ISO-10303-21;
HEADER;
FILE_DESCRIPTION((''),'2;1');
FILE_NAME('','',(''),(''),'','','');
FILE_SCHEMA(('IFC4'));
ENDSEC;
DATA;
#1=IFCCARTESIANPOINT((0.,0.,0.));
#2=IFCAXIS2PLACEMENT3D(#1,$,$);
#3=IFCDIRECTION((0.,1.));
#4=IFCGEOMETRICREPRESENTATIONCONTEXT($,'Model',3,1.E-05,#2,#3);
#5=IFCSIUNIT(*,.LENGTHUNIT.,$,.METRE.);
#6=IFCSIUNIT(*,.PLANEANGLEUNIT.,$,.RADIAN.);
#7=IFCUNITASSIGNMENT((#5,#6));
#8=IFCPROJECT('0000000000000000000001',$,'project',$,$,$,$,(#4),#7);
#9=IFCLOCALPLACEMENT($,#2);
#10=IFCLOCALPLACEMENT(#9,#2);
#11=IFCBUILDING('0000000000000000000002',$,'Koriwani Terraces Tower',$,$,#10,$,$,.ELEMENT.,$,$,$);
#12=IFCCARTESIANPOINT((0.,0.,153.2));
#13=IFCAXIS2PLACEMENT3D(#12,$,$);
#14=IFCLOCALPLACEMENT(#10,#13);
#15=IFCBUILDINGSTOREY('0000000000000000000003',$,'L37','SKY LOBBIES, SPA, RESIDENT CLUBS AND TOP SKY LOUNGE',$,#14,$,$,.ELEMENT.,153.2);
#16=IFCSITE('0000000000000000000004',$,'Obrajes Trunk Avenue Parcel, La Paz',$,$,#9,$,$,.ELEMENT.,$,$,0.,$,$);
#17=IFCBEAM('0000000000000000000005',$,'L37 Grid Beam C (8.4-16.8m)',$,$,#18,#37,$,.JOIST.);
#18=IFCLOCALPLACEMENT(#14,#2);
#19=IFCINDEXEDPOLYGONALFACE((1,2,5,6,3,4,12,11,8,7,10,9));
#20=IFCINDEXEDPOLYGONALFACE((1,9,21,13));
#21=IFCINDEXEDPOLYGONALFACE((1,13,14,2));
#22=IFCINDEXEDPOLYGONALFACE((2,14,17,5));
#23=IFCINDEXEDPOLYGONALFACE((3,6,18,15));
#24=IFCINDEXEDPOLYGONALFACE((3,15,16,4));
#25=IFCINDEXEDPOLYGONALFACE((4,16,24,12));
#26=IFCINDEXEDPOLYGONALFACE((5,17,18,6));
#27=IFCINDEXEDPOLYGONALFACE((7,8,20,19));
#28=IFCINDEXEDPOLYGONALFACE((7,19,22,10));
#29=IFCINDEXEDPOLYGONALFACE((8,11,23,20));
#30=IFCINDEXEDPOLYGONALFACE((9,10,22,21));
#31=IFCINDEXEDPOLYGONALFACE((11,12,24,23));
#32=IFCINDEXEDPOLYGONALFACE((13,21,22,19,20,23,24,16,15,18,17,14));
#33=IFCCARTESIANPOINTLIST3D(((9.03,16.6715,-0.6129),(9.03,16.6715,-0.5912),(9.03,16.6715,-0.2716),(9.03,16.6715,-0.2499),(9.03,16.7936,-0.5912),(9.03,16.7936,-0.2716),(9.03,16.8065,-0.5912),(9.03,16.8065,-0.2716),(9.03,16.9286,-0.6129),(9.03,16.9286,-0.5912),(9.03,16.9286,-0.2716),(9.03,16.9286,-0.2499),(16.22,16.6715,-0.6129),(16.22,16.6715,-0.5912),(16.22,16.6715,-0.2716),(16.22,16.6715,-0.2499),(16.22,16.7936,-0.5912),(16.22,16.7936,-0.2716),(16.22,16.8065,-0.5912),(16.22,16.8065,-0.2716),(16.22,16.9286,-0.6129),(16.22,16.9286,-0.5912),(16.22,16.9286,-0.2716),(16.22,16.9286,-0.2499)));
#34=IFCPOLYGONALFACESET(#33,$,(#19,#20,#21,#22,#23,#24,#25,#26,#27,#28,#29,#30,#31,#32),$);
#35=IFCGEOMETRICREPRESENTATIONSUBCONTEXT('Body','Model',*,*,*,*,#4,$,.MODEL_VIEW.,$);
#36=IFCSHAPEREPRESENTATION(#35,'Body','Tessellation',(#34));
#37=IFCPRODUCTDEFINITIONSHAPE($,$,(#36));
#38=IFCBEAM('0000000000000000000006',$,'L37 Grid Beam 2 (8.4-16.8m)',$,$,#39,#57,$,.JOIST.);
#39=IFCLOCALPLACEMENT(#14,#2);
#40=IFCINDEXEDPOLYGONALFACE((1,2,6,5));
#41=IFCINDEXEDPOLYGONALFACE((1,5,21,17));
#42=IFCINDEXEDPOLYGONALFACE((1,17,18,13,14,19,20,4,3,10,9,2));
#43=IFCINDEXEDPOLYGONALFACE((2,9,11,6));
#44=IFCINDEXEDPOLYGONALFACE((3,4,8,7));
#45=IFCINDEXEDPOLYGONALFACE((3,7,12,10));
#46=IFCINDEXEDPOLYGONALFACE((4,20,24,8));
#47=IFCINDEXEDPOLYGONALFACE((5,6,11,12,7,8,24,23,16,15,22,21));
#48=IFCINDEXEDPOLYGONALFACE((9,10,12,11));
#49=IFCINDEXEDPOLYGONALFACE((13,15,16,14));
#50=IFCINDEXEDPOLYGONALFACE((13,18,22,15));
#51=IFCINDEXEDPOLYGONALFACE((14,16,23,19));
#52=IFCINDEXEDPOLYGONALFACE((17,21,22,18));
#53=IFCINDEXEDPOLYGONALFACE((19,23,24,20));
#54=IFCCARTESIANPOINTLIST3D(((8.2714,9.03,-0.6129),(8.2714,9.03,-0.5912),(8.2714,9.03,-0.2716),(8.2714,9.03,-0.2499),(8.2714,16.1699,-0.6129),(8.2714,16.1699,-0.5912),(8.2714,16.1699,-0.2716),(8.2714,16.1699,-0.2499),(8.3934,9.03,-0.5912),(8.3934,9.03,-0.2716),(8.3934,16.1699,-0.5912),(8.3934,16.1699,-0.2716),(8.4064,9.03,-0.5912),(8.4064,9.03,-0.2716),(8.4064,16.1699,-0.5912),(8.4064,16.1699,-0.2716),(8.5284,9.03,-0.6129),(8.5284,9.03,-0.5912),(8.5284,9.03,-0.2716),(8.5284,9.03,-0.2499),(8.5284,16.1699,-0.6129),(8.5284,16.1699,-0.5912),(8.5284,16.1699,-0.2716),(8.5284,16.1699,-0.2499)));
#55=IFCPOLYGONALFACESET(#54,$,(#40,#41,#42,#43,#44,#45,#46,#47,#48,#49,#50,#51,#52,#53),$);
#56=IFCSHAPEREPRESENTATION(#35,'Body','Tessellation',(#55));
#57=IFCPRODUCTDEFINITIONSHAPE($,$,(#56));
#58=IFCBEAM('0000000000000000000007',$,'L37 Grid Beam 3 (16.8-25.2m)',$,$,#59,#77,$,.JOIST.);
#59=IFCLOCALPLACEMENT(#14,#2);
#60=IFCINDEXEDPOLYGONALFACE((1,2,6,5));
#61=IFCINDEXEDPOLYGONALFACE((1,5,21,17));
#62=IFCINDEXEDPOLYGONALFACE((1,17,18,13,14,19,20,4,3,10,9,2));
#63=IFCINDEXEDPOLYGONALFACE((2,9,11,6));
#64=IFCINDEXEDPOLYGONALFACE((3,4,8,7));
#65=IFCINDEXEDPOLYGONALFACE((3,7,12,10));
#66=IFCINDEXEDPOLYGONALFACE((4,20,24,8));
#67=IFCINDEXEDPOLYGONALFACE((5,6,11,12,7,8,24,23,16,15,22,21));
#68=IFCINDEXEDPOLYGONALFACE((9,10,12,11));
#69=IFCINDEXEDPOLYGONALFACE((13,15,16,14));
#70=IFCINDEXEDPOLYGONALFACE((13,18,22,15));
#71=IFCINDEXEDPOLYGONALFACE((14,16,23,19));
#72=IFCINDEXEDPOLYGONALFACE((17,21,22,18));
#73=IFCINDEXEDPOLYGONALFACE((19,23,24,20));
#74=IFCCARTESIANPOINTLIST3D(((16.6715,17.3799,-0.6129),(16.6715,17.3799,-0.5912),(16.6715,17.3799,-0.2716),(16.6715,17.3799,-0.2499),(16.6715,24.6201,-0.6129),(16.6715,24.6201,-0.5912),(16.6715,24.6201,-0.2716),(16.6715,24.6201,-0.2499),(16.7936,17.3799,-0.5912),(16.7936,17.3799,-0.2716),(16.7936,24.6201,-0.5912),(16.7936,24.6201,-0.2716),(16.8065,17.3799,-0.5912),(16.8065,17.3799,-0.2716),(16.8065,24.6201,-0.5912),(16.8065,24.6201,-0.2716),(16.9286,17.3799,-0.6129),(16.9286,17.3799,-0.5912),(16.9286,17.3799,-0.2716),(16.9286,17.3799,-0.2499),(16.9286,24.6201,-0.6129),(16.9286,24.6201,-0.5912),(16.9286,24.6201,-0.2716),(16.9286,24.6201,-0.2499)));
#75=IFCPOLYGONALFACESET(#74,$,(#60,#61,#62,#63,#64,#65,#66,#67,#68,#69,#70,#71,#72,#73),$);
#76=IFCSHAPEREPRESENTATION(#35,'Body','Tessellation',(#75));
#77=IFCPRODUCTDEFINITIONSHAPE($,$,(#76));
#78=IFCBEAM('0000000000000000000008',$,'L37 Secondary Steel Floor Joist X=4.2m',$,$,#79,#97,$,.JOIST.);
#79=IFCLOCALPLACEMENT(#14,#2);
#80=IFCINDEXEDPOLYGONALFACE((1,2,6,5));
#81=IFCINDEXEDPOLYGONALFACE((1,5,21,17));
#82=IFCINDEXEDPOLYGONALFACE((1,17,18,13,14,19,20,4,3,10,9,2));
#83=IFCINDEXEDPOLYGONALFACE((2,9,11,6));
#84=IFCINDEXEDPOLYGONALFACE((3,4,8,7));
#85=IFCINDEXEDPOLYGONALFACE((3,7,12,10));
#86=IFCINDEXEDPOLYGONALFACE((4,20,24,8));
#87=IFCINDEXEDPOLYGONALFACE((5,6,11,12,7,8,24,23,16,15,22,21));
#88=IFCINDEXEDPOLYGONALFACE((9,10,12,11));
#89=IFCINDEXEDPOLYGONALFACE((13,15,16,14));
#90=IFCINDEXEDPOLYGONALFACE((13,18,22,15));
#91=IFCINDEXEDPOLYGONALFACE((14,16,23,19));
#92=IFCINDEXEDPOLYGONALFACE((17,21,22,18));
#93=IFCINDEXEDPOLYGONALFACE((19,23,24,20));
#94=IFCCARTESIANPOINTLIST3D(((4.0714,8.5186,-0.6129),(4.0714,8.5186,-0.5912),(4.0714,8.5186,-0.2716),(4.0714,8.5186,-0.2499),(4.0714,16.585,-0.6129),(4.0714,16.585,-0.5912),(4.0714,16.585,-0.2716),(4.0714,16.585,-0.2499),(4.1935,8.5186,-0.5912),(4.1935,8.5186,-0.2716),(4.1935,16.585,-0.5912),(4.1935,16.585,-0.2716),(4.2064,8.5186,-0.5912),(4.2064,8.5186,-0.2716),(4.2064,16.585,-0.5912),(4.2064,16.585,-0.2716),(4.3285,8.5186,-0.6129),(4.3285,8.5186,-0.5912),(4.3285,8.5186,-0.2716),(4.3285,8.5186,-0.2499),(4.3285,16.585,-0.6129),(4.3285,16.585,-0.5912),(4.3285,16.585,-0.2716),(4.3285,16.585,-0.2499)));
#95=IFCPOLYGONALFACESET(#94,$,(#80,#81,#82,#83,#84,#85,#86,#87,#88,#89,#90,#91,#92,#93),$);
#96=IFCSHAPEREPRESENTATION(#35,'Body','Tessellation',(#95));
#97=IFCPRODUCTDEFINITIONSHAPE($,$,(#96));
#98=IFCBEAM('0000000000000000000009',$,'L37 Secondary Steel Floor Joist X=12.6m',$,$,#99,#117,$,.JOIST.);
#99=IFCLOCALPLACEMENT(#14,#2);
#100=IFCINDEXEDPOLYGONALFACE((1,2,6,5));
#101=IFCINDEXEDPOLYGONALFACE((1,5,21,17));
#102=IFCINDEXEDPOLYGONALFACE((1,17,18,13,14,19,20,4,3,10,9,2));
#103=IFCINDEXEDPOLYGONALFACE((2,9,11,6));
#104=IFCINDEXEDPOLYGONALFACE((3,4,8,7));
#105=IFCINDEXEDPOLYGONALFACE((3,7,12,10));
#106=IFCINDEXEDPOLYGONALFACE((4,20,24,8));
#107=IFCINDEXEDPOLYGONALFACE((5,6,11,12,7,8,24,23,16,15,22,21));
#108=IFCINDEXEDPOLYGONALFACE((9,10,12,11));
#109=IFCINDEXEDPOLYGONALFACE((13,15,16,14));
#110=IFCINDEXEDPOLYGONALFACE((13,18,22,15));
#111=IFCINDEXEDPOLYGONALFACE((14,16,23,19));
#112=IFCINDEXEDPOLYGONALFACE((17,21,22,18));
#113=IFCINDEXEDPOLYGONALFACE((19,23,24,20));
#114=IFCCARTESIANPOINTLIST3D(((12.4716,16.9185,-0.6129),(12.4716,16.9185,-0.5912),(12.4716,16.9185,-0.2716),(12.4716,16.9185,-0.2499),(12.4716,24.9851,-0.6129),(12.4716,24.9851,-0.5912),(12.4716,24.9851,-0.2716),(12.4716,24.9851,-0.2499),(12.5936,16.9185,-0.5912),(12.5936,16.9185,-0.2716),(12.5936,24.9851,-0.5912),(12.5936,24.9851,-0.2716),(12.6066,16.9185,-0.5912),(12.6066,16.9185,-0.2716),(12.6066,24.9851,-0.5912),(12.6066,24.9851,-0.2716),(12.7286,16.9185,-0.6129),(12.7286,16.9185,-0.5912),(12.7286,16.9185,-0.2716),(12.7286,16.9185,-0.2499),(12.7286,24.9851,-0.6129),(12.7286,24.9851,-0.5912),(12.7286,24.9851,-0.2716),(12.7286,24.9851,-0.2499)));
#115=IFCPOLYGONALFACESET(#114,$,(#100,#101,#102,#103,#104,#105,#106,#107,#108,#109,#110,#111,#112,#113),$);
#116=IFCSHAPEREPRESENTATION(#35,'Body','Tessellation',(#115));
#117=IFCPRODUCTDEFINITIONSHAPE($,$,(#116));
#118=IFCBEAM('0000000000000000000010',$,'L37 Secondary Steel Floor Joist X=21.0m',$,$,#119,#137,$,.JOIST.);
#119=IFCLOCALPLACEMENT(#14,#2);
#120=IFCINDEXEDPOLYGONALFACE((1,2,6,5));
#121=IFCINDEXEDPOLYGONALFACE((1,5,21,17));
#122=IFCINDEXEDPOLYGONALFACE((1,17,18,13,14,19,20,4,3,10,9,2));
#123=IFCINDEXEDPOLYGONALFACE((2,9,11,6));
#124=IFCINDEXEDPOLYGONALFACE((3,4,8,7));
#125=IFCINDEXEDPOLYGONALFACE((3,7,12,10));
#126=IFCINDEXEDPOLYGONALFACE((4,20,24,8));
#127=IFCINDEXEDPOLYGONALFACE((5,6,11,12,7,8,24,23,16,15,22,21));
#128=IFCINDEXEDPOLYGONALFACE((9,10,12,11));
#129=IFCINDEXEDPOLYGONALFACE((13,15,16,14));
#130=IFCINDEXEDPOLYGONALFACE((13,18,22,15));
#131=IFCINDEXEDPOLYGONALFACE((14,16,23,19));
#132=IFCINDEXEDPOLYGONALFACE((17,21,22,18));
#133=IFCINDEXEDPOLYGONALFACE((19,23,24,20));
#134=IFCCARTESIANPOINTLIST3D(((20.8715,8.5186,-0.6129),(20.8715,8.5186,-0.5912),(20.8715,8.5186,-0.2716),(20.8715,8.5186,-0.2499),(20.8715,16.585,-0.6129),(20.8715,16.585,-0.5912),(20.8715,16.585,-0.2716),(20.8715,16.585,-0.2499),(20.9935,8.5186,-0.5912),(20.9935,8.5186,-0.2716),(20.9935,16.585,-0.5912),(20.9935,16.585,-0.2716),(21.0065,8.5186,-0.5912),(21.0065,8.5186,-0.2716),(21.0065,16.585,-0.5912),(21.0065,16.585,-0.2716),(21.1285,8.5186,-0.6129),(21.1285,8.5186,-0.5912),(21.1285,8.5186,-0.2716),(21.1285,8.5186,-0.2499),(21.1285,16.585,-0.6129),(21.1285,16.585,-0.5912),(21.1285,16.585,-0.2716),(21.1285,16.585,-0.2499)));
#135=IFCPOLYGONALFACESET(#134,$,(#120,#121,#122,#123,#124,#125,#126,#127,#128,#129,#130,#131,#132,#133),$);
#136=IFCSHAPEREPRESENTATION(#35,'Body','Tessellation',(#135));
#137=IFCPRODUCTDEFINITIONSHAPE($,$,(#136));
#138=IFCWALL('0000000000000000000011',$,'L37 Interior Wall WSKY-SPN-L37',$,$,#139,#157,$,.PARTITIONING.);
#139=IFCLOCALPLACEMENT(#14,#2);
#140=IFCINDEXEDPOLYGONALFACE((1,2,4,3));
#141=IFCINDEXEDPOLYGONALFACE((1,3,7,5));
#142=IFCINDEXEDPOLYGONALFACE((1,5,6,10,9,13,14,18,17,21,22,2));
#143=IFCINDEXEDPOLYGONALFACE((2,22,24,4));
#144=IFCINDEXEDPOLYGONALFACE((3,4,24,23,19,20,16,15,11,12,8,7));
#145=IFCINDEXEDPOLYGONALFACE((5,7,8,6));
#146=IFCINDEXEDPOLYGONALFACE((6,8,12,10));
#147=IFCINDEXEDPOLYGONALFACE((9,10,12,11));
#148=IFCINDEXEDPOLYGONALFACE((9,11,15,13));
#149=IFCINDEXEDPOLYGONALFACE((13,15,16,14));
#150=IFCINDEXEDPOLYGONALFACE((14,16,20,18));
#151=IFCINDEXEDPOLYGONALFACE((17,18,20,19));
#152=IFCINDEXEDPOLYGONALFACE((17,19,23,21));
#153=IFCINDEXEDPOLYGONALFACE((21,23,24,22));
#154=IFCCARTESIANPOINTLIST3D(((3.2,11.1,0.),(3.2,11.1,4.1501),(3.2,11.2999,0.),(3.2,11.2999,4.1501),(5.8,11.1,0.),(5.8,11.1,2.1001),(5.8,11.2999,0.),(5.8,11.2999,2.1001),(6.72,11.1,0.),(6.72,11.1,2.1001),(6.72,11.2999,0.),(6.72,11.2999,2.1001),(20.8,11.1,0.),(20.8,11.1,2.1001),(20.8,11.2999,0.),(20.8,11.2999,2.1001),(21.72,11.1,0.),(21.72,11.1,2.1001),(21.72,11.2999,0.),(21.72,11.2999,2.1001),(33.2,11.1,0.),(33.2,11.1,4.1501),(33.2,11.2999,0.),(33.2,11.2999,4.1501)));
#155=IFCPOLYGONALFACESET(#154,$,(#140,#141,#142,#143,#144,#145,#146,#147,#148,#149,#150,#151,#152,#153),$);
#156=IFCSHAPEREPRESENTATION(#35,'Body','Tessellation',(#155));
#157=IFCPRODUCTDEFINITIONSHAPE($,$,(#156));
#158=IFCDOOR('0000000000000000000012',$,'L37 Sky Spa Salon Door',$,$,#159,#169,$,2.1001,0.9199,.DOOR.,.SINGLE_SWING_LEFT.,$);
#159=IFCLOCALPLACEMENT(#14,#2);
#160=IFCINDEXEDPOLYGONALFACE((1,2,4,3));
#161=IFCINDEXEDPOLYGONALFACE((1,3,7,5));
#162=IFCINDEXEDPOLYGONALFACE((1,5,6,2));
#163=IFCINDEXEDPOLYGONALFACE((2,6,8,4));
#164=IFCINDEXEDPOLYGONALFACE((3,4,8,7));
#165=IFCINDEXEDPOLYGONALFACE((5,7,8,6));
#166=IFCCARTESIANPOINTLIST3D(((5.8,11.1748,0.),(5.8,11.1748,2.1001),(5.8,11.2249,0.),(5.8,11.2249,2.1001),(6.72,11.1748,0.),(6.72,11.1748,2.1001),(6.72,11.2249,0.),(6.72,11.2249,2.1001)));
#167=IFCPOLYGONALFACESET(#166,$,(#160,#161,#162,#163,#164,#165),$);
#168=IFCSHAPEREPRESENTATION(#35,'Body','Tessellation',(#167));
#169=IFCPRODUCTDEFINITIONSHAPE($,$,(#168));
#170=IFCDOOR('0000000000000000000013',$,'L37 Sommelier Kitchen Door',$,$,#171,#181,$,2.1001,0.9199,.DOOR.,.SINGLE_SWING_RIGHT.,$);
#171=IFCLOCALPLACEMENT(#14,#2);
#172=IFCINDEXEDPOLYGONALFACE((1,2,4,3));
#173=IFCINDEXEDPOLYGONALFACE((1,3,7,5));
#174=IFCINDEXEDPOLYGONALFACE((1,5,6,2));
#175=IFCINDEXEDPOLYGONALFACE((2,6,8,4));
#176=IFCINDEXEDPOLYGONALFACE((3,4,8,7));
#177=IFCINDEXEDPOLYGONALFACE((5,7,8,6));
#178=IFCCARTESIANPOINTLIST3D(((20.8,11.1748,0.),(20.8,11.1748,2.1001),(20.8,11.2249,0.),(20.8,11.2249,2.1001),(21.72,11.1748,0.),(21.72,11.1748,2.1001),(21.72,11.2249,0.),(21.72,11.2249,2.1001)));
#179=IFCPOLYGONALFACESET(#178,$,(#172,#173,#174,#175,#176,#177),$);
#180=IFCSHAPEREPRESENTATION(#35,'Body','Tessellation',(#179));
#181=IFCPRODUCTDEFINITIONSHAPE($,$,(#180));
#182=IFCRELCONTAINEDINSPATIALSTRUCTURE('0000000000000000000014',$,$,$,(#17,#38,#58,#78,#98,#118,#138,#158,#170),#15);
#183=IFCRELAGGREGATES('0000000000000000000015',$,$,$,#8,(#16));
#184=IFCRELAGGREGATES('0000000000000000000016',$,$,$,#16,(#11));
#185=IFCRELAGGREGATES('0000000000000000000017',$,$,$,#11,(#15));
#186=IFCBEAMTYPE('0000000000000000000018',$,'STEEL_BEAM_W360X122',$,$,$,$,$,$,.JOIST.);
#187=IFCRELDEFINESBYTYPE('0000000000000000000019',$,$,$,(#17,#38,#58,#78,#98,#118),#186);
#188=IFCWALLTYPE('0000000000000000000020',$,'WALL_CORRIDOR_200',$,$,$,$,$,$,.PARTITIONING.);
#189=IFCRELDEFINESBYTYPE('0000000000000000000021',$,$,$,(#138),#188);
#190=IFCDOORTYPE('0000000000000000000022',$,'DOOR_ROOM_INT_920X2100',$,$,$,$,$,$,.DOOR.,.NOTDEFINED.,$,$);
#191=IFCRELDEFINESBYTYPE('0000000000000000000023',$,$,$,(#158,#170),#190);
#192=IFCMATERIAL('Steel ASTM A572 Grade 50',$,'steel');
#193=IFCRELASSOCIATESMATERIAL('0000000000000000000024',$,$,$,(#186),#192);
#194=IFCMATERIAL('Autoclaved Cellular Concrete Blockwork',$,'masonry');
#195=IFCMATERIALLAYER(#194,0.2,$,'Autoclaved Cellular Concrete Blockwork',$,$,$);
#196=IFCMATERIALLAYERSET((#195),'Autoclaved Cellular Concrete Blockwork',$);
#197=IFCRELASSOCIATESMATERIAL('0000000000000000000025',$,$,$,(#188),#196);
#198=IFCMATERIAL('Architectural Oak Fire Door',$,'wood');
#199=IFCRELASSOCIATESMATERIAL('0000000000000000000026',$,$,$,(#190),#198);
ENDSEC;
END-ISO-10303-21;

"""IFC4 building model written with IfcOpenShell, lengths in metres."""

from ifc_helpers import new_model, si_unit, direction, frame, frame_2d, origin, origin_2d, place, context, subcontext, project, spatial, rectangle, i_section, extrude, material, layer, layer_set, material_profile, profile_set, type_object, element, fill, save


model = new_model("IFC4")

# Units and contexts
model_context = context("Model", 3, precision=1e-05, world=origin(), true_north=direction((0.0, 1.0)))
body_context = subcontext(model_context, "Body", "Model", "MODEL_VIEW")
ifc_project = project(units=[si_unit("LENGTHUNIT", "METRE"), si_unit("PLANEANGLEUNIT", "RADIAN")], contexts=[model_context])

# Site, building, storey
site_placement = place(None, origin())
site = spatial("IfcSite", under=ifc_project, at=site_placement, Name="Obrajes Trunk Avenue Parcel, La Paz", CompositionType="ELEMENT", RefElevation=0.0)
building_placement = place(site_placement, origin())
building = spatial("IfcBuilding", under=site, at=building_placement, Name="Koriwani Terraces Tower", CompositionType="ELEMENT")
storey_placement = place(building_placement, frame((0.0, 0.0, 153.2)))
storey = spatial("IfcBuildingStorey", under=building, at=storey_placement, Name="L37", Description="SKY LOBBIES, SPA, RESIDENT CLUBS AND TOP SKY LOUNGE", CompositionType="ELEMENT", Elevation=153.2)

# Beams
ifc_material_1 = material(Name="Steel ASTM A572 Grade 50", Category="steel")
ifc_material_profile_1 = material_profile(ifc_material_1, i_section(OverallWidth=0.2571, OverallDepth=0.363, WebThickness=0.0129, FlangeThickness=0.0217, at=origin_2d()), Name="Steel ASTM A572 Grade 50", Category="LoadBearing")
ifc_profile_set_1 = profile_set([ifc_material_profile_1], Name="Steel ASTM A572 Grade 50")
beam_type_1 = type_object("IfcBeamType", Name="STEEL_BEAM_W360X122", PredefinedType="JOIST", material=ifc_profile_set_1)
beam_1_placement = place(storey_placement, frame((9.03, 16.8, -0.4314), z_axis=(1.0, 0.0, 0.0), x_axis=(0.0, 1.0, 0.0)))
element("IfcBeam", 1, at=beam_1_placement, inside=storey, type_object=beam_type_1, Name="L37 Grid Beam C (8.4-16.8m)", PredefinedType="JOIST", context=body_context, shape_type="SweptSolid", body=[
    extrude(i_section(OverallWidth=0.2571, OverallDepth=0.363, WebThickness=0.0129, FlangeThickness=0.0217, at=origin_2d()), origin(), (0.0, 0.0, 1.0), 7.1899),
])
beam_2_placement = place(storey_placement, frame((8.3999, 9.03, -0.4314), z_axis=(0.0, 1.0, 0.0), x_axis=(-1.0, 0.0, 0.0)))
element("IfcBeam", 2, at=beam_2_placement, inside=storey, type_object=beam_type_1, Name="L37 Grid Beam 2 (8.4-16.8m)", PredefinedType="JOIST", context=body_context, shape_type="SweptSolid", body=[
    extrude(i_section(OverallWidth=0.2571, OverallDepth=0.363, WebThickness=0.0129, FlangeThickness=0.0217, at=origin_2d()), origin(), (0.0, 0.0, 1.0), 7.1399),
])
beam_3_placement = place(storey_placement, frame((16.8, 17.3799, -0.4314), z_axis=(0.0, 1.0, 0.0), x_axis=(-1.0, 0.0, 0.0)))
element("IfcBeam", 3, at=beam_3_placement, inside=storey, type_object=beam_type_1, Name="L37 Grid Beam 3 (16.8-25.2m)", PredefinedType="JOIST", context=body_context, shape_type="SweptSolid", body=[
    extrude(i_section(OverallWidth=0.2571, OverallDepth=0.363, WebThickness=0.0129, FlangeThickness=0.0217, at=origin_2d()), origin(), (0.0, 0.0, 1.0), 7.2402),
])
beam_4_placement = place(storey_placement, frame((4.2, 8.5186, -0.4314), z_axis=(0.0, 1.0, 0.0), x_axis=(-1.0, 0.0, 0.0)))
element("IfcBeam", 4, at=beam_4_placement, inside=storey, type_object=beam_type_1, Name="L37 Secondary Steel Floor Joist X=4.2m", PredefinedType="JOIST", context=body_context, shape_type="SweptSolid", body=[
    extrude(i_section(OverallWidth=0.2571, OverallDepth=0.363, WebThickness=0.0129, FlangeThickness=0.0217, at=origin_2d()), origin(), (0.0, 0.0, 1.0), 8.0664),
])
beam_5_placement = place(storey_placement, frame((12.6001, 16.9185, -0.4314), z_axis=(0.0, 1.0, 0.0), x_axis=(-1.0, 0.0, 0.0)))
element("IfcBeam", 5, at=beam_5_placement, inside=storey, type_object=beam_type_1, Name="L37 Secondary Steel Floor Joist X=12.6m", PredefinedType="JOIST", context=body_context, shape_type="SweptSolid", body=[
    extrude(i_section(OverallWidth=0.2571, OverallDepth=0.363, WebThickness=0.0129, FlangeThickness=0.0217, at=origin_2d()), origin(), (0.0, 0.0, 1.0), 8.0667),
])
beam_6_placement = place(storey_placement, frame((21.0, 8.5186, -0.4314), z_axis=(0.0, 1.0, 0.0), x_axis=(-1.0, 0.0, 0.0)))
element("IfcBeam", 6, at=beam_6_placement, inside=storey, type_object=beam_type_1, Name="L37 Secondary Steel Floor Joist X=21.0m", PredefinedType="JOIST", context=body_context, shape_type="SweptSolid", body=[
    extrude(i_section(OverallWidth=0.2571, OverallDepth=0.363, WebThickness=0.0129, FlangeThickness=0.0217, at=origin_2d()), origin(), (0.0, 0.0, 1.0), 8.0664),
])

# Wall, openings, doors
ifc_material_2 = material(Name="Autoclaved Cellular Concrete Blockwork", Category="masonry")
ifc_layer_1 = layer(ifc_material_2, 0.2, Name="Autoclaved Cellular Concrete Blockwork")
ifc_layer_set_1 = layer_set([ifc_layer_1], Name="Autoclaved Cellular Concrete Blockwork")
wall_type_1 = type_object("IfcWallType", Name="WALL_CORRIDOR_200", PredefinedType="PARTITIONING", material=ifc_layer_set_1)
wall_1_placement = place(storey_placement, frame((3.2, 11.2, 0.0), z_axis=(0.0, 0.0, 1.0), x_axis=(1.0, 0.0, 0.0)))
wall_1 = element("IfcWall", 7, at=wall_1_placement, inside=storey, type_object=wall_type_1, Name="L37 Interior Wall WSKY-SPN-L37", PredefinedType="PARTITIONING", context=body_context, shape_type="SweptSolid", body=[
    extrude(rectangle(XDim=30.0, YDim=0.2, at=frame_2d((15.0, 0.0))), origin(), (0.0, 0.0, 1.0), 4.1501),
])
opening_1_placement = place(wall_1_placement, frame((2.6001, 0.0, 0.0)))
opening_1 = element("IfcOpeningElement", 8, at=opening_1_placement, cuts=wall_1, PredefinedType="OPENING", context=body_context, shape_type="SweptSolid", body=[
    extrude(rectangle(XDim=0.9199, YDim=2.1001, at=frame_2d((0.46, 1.05))), frame((0.0, 0.1099, 0.0), z_axis=(0.0, -1.0, 0.0), x_axis=(1.0, 0.0, 0.0)), (0.0, 0.0, 1.0), 0.22),
])
opening_2_placement = place(wall_1_placement, frame((17.6001, 0.0, 0.0)))
opening_2 = element("IfcOpeningElement", 9, at=opening_2_placement, cuts=wall_1, PredefinedType="OPENING", context=body_context, shape_type="SweptSolid", body=[
    extrude(rectangle(XDim=0.9199, YDim=2.1001, at=frame_2d((0.46, 1.05))), frame((0.0, 0.1099, 0.0), z_axis=(0.0, -1.0, 0.0), x_axis=(1.0, 0.0, 0.0)), (0.0, 0.0, 1.0), 0.22),
])
ifc_material_3 = material(Name="Architectural Oak Fire Door", Category="wood")
door_type = type_object("IfcDoorType", Name="DOOR_ROOM_INT_920X2100", OperationType="NOTDEFINED", PredefinedType="DOOR", material=ifc_material_3)
door_1_placement = place(opening_1_placement, origin())
door_1 = element("IfcDoor", 10, at=door_1_placement, inside=storey, type_object=door_type, Name="L37 Sky Spa Salon Door", OperationType="SINGLE_SWING_LEFT", OverallHeight=2.1001, OverallWidth=0.9199, PredefinedType="DOOR", context=body_context, shape_type="SweptSolid", body=[
    extrude(rectangle(XDim=0.9199, YDim=2.1001, at=frame_2d((0.46, 1.05))), frame((0.0, 0.0249, 0.0), z_axis=(0.0, -1.0, 0.0), x_axis=(1.0, 0.0, 0.0)), (0.0, 0.0, 1.0), 0.05),
])
fill(opening_1, door_1)
door_2_placement = place(opening_2_placement, origin())
door_2 = element("IfcDoor", 11, at=door_2_placement, inside=storey, type_object=door_type, Name="L37 Sommelier Kitchen Door", OperationType="SINGLE_SWING_RIGHT", OverallHeight=2.1001, OverallWidth=0.9199, PredefinedType="DOOR", context=body_context, shape_type="SweptSolid", body=[
    extrude(rectangle(XDim=0.9199, YDim=2.1001, at=frame_2d((0.46, 1.05))), frame((0.0, 0.0249, 0.0), z_axis=(0.0, -1.0, 0.0), x_axis=(1.0, 0.0, 0.0)), (0.0, 0.0, 1.0), 0.05),
])
fill(opening_2, door_2)

save(model, "model.ifc")
